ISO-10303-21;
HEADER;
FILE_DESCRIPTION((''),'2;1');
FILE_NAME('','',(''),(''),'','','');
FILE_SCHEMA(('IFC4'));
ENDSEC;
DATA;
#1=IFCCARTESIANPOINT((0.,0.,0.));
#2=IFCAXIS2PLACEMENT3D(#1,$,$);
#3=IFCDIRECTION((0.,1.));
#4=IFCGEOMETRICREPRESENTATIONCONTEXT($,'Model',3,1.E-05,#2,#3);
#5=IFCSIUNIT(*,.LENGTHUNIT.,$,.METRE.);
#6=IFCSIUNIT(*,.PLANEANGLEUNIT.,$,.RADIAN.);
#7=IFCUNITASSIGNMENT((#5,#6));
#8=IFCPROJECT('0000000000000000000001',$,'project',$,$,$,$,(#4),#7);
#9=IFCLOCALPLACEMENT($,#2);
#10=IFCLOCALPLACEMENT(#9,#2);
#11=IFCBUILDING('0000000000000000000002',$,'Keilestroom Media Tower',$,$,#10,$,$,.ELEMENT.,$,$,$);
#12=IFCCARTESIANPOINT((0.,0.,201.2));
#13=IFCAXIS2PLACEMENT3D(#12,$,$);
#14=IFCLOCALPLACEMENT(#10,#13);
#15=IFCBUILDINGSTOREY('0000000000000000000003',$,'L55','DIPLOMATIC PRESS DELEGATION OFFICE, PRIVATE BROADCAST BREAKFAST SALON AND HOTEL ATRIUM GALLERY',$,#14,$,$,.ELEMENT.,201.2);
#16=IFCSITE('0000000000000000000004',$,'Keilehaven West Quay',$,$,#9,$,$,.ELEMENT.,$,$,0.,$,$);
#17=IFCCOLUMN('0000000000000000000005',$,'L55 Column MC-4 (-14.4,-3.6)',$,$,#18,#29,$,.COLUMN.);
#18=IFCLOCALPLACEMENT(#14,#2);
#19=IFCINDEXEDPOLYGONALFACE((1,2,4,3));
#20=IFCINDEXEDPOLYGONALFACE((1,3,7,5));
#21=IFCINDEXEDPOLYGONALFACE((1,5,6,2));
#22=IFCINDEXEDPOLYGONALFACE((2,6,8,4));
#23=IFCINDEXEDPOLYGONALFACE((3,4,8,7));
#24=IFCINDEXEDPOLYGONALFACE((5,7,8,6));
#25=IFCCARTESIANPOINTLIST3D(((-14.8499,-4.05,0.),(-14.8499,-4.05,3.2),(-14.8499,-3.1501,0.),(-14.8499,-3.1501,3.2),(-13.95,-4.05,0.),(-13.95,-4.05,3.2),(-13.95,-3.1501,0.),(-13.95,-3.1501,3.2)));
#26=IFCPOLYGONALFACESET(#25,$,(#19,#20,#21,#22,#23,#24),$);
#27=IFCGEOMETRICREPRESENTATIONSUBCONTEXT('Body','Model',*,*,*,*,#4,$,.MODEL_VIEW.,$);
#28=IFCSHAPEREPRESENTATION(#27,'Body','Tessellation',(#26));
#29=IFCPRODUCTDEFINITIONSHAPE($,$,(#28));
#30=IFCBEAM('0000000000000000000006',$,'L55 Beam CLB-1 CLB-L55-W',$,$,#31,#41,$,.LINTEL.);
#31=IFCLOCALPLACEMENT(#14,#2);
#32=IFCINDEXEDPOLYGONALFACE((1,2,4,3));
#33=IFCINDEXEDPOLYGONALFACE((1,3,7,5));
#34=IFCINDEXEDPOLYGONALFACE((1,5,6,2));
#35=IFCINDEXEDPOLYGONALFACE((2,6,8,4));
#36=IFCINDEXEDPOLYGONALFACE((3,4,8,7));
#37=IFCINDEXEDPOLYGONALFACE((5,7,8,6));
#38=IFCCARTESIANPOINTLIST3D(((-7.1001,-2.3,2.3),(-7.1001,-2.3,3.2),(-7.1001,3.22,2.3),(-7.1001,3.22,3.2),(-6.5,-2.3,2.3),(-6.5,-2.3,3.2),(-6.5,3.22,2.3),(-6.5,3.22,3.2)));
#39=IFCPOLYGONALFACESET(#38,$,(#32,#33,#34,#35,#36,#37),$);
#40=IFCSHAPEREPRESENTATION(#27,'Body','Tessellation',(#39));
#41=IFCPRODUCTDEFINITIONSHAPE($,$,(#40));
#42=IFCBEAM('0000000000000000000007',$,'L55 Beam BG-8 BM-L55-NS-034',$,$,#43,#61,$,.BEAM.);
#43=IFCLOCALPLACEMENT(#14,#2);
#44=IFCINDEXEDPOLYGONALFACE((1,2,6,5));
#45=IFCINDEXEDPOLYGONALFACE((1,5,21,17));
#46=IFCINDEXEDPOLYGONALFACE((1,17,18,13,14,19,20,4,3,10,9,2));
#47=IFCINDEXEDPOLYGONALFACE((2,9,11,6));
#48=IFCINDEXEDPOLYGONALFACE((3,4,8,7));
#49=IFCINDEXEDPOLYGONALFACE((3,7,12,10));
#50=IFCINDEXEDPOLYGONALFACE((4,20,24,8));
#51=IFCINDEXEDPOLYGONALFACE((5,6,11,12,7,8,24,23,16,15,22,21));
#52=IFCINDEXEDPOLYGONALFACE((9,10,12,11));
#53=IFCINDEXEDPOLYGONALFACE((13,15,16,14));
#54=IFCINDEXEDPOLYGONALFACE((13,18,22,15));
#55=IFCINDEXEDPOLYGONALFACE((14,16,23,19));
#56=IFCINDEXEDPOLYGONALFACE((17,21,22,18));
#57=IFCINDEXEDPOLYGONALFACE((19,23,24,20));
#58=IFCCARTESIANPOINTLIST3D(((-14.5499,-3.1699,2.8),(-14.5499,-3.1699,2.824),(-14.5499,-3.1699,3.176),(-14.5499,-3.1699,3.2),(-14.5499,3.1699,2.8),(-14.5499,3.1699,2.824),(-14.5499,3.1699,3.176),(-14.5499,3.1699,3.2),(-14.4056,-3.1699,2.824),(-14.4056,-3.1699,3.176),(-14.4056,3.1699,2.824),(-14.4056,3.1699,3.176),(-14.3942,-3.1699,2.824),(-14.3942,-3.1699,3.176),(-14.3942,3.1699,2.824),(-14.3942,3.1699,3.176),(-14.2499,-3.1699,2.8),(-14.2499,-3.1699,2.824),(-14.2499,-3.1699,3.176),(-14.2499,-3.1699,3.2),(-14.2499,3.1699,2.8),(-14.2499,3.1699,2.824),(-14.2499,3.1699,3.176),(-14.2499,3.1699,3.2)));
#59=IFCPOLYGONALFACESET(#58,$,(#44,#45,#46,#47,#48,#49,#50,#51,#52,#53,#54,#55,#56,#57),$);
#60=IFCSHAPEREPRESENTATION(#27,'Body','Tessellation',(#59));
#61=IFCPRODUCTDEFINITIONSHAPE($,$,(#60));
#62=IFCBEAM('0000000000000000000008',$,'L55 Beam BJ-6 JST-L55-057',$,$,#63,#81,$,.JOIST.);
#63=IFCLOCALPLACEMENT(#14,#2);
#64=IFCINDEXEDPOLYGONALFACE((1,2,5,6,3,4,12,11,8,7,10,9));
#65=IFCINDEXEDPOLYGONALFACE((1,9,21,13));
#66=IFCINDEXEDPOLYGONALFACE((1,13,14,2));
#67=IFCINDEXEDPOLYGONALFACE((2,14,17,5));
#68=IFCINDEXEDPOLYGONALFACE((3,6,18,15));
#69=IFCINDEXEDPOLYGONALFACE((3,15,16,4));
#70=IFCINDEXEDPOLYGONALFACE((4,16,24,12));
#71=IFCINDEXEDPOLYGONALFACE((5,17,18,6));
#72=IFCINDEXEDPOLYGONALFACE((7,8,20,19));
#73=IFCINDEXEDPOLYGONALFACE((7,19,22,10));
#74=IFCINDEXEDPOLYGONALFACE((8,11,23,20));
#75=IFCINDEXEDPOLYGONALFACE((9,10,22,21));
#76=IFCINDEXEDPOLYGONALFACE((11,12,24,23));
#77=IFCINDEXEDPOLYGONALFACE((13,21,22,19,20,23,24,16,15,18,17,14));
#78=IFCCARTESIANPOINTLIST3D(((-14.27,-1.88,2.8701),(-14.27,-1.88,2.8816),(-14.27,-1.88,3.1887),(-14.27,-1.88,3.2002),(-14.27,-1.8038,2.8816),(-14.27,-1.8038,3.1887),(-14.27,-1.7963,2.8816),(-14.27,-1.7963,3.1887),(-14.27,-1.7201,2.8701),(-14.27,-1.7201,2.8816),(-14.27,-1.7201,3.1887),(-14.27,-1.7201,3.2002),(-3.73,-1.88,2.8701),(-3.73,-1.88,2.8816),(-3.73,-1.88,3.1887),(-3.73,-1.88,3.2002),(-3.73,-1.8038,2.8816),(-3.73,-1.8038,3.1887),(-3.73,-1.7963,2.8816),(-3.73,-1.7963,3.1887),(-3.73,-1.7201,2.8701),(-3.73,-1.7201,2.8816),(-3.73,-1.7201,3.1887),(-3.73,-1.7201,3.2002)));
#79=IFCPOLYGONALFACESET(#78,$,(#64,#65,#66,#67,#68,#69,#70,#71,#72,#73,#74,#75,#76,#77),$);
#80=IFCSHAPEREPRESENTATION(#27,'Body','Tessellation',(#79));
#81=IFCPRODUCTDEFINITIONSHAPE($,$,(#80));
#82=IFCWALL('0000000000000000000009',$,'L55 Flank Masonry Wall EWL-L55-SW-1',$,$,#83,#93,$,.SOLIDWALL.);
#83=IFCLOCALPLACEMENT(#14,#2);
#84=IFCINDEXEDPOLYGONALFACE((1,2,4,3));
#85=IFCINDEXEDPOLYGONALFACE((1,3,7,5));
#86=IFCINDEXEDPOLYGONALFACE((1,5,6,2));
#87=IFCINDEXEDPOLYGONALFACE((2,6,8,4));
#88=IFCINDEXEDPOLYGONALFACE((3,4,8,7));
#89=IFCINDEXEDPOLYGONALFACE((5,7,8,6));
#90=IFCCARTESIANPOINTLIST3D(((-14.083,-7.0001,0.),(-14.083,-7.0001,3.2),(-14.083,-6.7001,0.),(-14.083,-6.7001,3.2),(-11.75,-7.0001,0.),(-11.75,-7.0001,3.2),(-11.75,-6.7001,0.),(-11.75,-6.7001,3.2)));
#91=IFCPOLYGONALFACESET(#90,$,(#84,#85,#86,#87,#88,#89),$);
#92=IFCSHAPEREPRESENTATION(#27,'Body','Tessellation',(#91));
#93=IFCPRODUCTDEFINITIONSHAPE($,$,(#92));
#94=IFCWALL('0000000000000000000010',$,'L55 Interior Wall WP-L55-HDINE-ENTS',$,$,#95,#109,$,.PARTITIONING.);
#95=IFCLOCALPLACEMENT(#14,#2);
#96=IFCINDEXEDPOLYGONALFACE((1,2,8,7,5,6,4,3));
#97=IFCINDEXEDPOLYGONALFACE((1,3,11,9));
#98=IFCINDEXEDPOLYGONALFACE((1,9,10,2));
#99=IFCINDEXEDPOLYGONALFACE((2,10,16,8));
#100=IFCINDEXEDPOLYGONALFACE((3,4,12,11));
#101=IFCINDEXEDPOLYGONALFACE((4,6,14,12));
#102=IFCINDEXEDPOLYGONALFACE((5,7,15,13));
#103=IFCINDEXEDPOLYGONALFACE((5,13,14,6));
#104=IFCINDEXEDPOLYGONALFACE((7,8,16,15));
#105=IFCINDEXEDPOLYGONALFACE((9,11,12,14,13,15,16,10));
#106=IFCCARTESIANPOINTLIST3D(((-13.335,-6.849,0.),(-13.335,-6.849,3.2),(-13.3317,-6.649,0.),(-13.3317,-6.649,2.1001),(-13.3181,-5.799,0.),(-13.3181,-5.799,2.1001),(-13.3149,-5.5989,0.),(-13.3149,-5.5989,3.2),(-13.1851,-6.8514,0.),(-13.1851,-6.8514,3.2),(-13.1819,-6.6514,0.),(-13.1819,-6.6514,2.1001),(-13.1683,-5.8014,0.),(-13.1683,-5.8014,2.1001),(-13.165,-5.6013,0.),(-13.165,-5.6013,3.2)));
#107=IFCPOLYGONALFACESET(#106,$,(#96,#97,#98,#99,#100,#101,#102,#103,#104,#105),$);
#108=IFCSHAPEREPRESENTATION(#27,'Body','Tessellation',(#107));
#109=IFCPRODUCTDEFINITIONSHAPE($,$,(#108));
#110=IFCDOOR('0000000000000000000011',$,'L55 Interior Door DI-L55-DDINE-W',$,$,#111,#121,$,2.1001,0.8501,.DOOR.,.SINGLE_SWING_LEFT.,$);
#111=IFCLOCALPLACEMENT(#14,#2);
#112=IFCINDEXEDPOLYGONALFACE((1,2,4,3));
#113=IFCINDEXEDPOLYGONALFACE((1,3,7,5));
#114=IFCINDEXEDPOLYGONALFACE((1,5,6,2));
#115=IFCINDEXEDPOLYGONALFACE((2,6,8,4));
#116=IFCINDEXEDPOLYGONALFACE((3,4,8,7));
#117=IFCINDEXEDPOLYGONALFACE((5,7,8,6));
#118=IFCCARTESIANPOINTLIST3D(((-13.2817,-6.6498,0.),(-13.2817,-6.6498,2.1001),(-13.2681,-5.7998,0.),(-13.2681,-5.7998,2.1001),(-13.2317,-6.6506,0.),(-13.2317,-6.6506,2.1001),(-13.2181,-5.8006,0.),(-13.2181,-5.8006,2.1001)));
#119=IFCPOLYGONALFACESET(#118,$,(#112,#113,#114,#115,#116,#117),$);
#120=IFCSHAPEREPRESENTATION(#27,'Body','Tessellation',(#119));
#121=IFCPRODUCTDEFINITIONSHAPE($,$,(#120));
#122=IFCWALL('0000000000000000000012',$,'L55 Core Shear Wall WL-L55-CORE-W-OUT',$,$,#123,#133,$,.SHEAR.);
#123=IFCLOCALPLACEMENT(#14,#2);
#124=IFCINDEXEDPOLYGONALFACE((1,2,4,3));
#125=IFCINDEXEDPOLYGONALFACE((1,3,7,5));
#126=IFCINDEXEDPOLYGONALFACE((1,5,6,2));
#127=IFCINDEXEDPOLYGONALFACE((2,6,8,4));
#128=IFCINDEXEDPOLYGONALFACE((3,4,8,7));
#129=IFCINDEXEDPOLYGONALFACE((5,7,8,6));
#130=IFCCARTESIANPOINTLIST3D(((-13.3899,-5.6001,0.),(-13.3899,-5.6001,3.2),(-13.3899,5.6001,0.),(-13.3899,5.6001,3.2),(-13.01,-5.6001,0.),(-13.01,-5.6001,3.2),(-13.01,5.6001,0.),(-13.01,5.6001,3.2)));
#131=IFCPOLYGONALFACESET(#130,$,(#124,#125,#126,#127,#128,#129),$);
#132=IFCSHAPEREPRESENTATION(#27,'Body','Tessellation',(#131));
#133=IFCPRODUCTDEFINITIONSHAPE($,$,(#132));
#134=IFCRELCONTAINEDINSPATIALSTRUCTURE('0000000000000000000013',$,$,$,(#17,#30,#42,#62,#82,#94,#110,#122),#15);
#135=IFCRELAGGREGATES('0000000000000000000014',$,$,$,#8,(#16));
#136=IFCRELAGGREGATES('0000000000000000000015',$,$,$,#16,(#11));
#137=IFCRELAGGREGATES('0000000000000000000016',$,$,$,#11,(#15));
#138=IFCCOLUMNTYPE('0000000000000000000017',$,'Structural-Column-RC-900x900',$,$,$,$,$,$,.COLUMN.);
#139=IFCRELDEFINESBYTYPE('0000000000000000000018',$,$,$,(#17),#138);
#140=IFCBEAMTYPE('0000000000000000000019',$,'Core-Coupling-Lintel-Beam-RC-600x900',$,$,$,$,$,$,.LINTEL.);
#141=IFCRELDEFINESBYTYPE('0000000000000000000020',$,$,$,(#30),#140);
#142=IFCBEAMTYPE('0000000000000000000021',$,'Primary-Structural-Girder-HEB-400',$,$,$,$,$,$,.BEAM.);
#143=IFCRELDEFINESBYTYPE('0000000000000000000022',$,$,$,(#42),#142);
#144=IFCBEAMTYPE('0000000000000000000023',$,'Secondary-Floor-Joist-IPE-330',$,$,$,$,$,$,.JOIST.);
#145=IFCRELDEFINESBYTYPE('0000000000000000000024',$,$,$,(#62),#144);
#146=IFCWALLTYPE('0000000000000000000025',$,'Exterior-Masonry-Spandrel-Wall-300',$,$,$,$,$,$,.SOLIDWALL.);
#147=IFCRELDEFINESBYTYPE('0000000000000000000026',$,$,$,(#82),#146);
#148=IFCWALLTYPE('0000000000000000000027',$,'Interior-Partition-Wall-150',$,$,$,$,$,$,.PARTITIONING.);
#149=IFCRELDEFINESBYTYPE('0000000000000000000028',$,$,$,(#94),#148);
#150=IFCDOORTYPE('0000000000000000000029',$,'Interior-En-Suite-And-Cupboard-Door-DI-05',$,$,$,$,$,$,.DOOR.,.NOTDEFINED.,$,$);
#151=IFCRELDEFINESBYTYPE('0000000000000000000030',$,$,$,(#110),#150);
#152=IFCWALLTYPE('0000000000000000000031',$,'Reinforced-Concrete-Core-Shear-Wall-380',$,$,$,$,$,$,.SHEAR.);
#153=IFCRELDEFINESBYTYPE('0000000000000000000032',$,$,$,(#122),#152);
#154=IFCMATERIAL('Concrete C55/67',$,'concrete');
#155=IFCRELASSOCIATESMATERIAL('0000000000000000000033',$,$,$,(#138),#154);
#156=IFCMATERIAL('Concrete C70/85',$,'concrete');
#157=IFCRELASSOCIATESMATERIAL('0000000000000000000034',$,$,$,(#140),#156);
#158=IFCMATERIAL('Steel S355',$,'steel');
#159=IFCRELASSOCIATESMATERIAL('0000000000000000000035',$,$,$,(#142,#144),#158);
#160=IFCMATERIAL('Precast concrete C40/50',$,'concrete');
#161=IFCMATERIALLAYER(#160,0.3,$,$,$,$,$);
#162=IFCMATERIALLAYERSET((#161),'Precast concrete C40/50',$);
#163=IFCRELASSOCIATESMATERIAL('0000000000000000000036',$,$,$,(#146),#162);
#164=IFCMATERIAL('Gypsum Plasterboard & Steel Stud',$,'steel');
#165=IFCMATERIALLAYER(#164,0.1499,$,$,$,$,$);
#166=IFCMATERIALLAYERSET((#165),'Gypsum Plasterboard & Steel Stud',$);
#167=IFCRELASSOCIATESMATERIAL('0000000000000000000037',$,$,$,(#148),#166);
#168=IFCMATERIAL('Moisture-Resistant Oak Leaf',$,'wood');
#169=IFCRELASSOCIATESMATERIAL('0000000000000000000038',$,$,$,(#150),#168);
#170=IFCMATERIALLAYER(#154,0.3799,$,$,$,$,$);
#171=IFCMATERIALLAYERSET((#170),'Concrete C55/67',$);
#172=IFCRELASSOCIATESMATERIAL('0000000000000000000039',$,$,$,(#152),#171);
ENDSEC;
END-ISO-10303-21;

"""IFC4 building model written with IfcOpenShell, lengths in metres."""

from ifc_helpers import new_model, si_unit, direction, frame, frame_2d, origin, origin_2d, place, context, subcontext, project, spatial, rectangle, i_section, extrude, source, transform, mapped, material, layer, layer_set, material_profile, profile_set, type_object, element, fill, save


model = new_model("IFC4")

# Units and contexts
model_context = context("Model", 3, precision=1e-05, world=origin(), true_north=direction((0.0, 1.0)))
body_context = subcontext(model_context, "Body", "Model", "MODEL_VIEW")
ifc_project = project(units=[si_unit("LENGTHUNIT", "METRE"), si_unit("PLANEANGLEUNIT", "RADIAN")], contexts=[model_context])

# Site, building, storey
site_placement = place(None, origin())
site = spatial("IfcSite", under=ifc_project, at=site_placement, Name="Keilehaven West Quay", CompositionType="ELEMENT", RefElevation=0.0)
building_placement = place(site_placement, origin())
building = spatial("IfcBuilding", under=site, at=building_placement, Name="Keilestroom Media Tower", CompositionType="ELEMENT")
storey_placement = place(building_placement, frame((0.0, 0.0, 201.2)))
storey = spatial("IfcBuildingStorey", under=building, at=storey_placement, Name="L55", Description="DIPLOMATIC PRESS DELEGATION OFFICE, PRIVATE BROADCAST BREAKFAST SALON AND HOTEL ATRIUM GALLERY", CompositionType="ELEMENT", Elevation=201.2)

# Column
ifc_material_1 = material(Name="Concrete C55/67", Category="concrete")
ifc_material_profile_1 = material_profile(ifc_material_1, rectangle(XDim=0.8999, YDim=0.8999, at=origin_2d()), Name="RC 900x900")
ifc_profile_set_1 = profile_set([ifc_material_profile_1], Name="Concrete C55/67")
column_type = type_object("IfcColumnType", Name="Structural-Column-RC-900x900", PredefinedType="COLUMN", material=ifc_profile_set_1)
shared_shape_1 = source(origin(), body_context, "Body", "SweptSolid", [
    extrude(rectangle(XDim=0.8999, YDim=0.8999, at=origin_2d()), origin(), (0.0, 0.0, 1.0), 3.2),
])
column_placement = place(storey_placement, frame((-14.3999, -3.6001, 0.0), z_axis=(0.0, 0.0, 1.0), x_axis=(1.0, 0.0, 0.0)))
element("IfcColumn", 1, at=column_placement, inside=storey, type_object=column_type, Name="L55 Column MC-4 (-14.4,-3.6)", PredefinedType="COLUMN", context=body_context, shape_type="MappedRepresentation", body=[
    mapped(shared_shape_1, transform((0.0, 0.0, 0.0), x_axis=(1.0, 0.0, 0.0), y_axis=(0.0, 1.0, 0.0), z_axis=(0.0, 0.0, 1.0), scale=1.0)),
])

# Beams
ifc_material_2 = material(Name="Concrete C70/85", Category="concrete")
ifc_material_profile_2 = material_profile(ifc_material_2, rectangle(XDim=0.6001, YDim=0.8999, at=origin_2d()), Name="RC 600x900")
ifc_profile_set_2 = profile_set([ifc_material_profile_2], Name="Concrete C70/85")
beam_type_1 = type_object("IfcBeamType", Name="Core-Coupling-Lintel-Beam-RC-600x900", PredefinedType="LINTEL", material=ifc_profile_set_2)
shared_shape_2 = source(origin(), body_context, "Body", "SweptSolid", [
    extrude(rectangle(XDim=0.6001, YDim=0.8999, at=origin_2d()), origin(), (0.0, 0.0, 1.0), 5.52),
])
beam_1_placement = place(storey_placement, frame((-6.8, -2.3, 2.75), z_axis=(0.0, 1.0, 0.0), x_axis=(-1.0, 0.0, 0.0)))
element("IfcBeam", 2, at=beam_1_placement, inside=storey, type_object=beam_type_1, Name="L55 Beam CLB-1 CLB-L55-W", PredefinedType="LINTEL", context=body_context, shape_type="MappedRepresentation", body=[
    mapped(shared_shape_2, transform((0.0, 0.0, 0.0), x_axis=(1.0, 0.0, 0.0), y_axis=(0.0, 1.0, 0.0), z_axis=(0.0, 0.0, 1.0), scale=1.0)),
])
ifc_material_3 = material(Name="Steel S355", Category="steel")
ifc_material_profile_3 = material_profile(ifc_material_3, i_section(OverallWidth=0.3, OverallDepth=0.3999, WebThickness=0.0115, FlangeThickness=0.0239, at=origin_2d()), Name="HEB 400")
ifc_profile_set_3 = profile_set([ifc_material_profile_3], Name="Steel S355")
beam_type_2 = type_object("IfcBeamType", Name="Primary-Structural-Girder-HEB-400", PredefinedType="BEAM", material=ifc_profile_set_3)
shared_shape_3 = source(origin(), body_context, "Body", "SweptSolid", [
    extrude(i_section(OverallWidth=0.3, OverallDepth=0.3999, WebThickness=0.0115, FlangeThickness=0.0239, at=origin_2d()), origin(), (0.0, 0.0, 1.0), 6.3398),
])
beam_2_placement = place(storey_placement, frame((-14.3999, -3.1699, 3.0), z_axis=(0.0, 1.0, 0.0), x_axis=(-1.0, 0.0, 0.0)))
element("IfcBeam", 3, at=beam_2_placement, inside=storey, type_object=beam_type_2, Name="L55 Beam BG-8 BM-L55-NS-034", PredefinedType="BEAM", context=body_context, shape_type="MappedRepresentation", body=[
    mapped(shared_shape_3, transform((0.0, 0.0, 0.0), x_axis=(1.0, 0.0, 0.0), y_axis=(0.0, 1.0, 0.0), z_axis=(0.0, 0.0, 1.0), scale=1.0)),
])
ifc_material_profile_4 = material_profile(ifc_material_3, i_section(OverallWidth=0.1599, OverallDepth=0.3301, WebThickness=0.0076, FlangeThickness=0.0115, at=origin_2d()), Name="IPE 330")
ifc_profile_set_4 = profile_set([ifc_material_profile_4], Name="Steel S355")
beam_type_3 = type_object("IfcBeamType", Name="Secondary-Floor-Joist-IPE-330", PredefinedType="JOIST", material=ifc_profile_set_4)
shared_shape_4 = source(origin(), body_context, "Body", "SweptSolid", [
    extrude(i_section(OverallWidth=0.1599, OverallDepth=0.3301, WebThickness=0.0076, FlangeThickness=0.0115, at=origin_2d()), origin(), (0.0, 0.0, 1.0), 10.54),
])
beam_3_placement = place(storey_placement, frame((-14.27, -1.8, 3.0352), z_axis=(1.0, 0.0, 0.0), x_axis=(0.0, 1.0, 0.0)))
element("IfcBeam", 4, at=beam_3_placement, inside=storey, type_object=beam_type_3, Name="L55 Beam BJ-6 JST-L55-057", PredefinedType="JOIST", context=body_context, shape_type="MappedRepresentation", body=[
    mapped(shared_shape_4, transform((0.0, 0.0, 0.0), x_axis=(1.0, 0.0, 0.0), y_axis=(0.0, 1.0, 0.0), z_axis=(0.0, 0.0, 1.0), scale=1.0)),
])

# Wall
ifc_material_4 = material(Name="Precast concrete C40/50", Category="concrete")
ifc_layer_1 = layer(ifc_material_4, 0.3)
ifc_layer_set_1 = layer_set([ifc_layer_1], Name="Precast concrete C40/50")
wall_type_1 = type_object("IfcWallType", Name="Exterior-Masonry-Spandrel-Wall-300", PredefinedType="SOLIDWALL", material=ifc_layer_set_1)
wall_1_placement = place(storey_placement, frame((-14.083, -6.8501, 0.0), z_axis=(0.0, 0.0, 1.0), x_axis=(1.0, 0.0, 0.0)))
element("IfcWall", 5, at=wall_1_placement, inside=storey, type_object=wall_type_1, Name="L55 Flank Masonry Wall EWL-L55-SW-1", PredefinedType="SOLIDWALL", context=body_context, shape_type="SweptSolid", body=[
    extrude(rectangle(XDim=2.333, YDim=0.3, at=frame_2d((1.1665, 0.0))), origin(), (0.0, 0.0, 1.0), 3.2),
])

# Wall, opening, door
ifc_material_5 = material(Name="Gypsum Plasterboard & Steel Stud", Category="steel")
ifc_layer_2 = layer(ifc_material_5, 0.1499)
ifc_layer_set_2 = layer_set([ifc_layer_2], Name="Gypsum Plasterboard & Steel Stud")
wall_type_2 = type_object("IfcWallType", Name="Interior-Partition-Wall-150", PredefinedType="PARTITIONING", material=ifc_layer_set_2)
wall_2_placement = place(storey_placement, frame((-13.26, -6.8501, 0.0), z_axis=(0.0, 0.0, 1.0), x_axis=(0.016014, 0.999872, 0.0)))
wall_2 = element("IfcWall", 6, at=wall_2_placement, inside=storey, type_object=wall_type_2, Name="L55 Interior Wall WP-L55-HDINE-ENTS", PredefinedType="PARTITIONING", context=body_context, shape_type="SweptSolid", body=[
    extrude(rectangle(XDim=1.2502, YDim=0.1499, at=frame_2d((0.625, 0.0))), origin(), (0.0, 0.0, 1.0), 3.2),
])
opening_1_placement = place(wall_2_placement, frame((0.2, 0.0, 0.0)))
opening_1 = element("IfcOpeningElement", 7, at=opening_1_placement, cuts=wall_2, PredefinedType="OPENING", context=body_context, shape_type="SweptSolid", body=[
    extrude(rectangle(XDim=0.8501, YDim=2.1001, at=frame_2d((0.425, 1.05))), frame((0.0, 0.085, 0.0), z_axis=(0.0, -1.0, 0.0), x_axis=(1.0, 0.0, 0.0)), (0.0, 0.0, 1.0), 0.1699),
])
ifc_material_6 = material(Name="Moisture-Resistant Oak Leaf", Category="wood")
door_type_1 = type_object("IfcDoorType", Name="Interior-En-Suite-And-Cupboard-Door-DI-05", OperationType="NOTDEFINED", PredefinedType="DOOR", material=ifc_material_6)
shared_shape_5 = source(origin(), body_context, "Body", "SweptSolid", [
    extrude(rectangle(XDim=0.8501, YDim=2.1001, at=frame_2d((0.425, 1.05))), frame((0.0, 0.0249, 0.0), z_axis=(0.0, -1.0, 0.0), x_axis=(1.0, 0.0, 0.0)), (0.0, 0.0, 1.0), 0.05),
])
door_1_placement = place(opening_1_placement, origin())
door_1 = element("IfcDoor", 8, at=door_1_placement, inside=storey, type_object=door_type_1, Name="L55 Interior Door DI-L55-DDINE-W", OperationType="SINGLE_SWING_LEFT", OverallHeight=2.1001, OverallWidth=0.8501, PredefinedType="DOOR", context=body_context, shape_type="MappedRepresentation", body=[
    mapped(shared_shape_5, transform((0.0, 0.0, 0.0), x_axis=(1.0, 0.0, 0.0), y_axis=(0.0, 1.0, 0.0), z_axis=(0.0, 0.0, 1.0), scale=1.0)),
])
fill(opening_1, door_1)

# Wall
ifc_layer_3 = layer(ifc_material_1, 0.3799)
ifc_layer_set_3 = layer_set([ifc_layer_3], Name="Concrete C55/67")
wall_type_3 = type_object("IfcWallType", Name="Reinforced-Concrete-Core-Shear-Wall-380", PredefinedType="SHEAR", material=ifc_layer_set_3)
wall_3_placement = place(storey_placement, frame((-13.2, -5.6001, 0.0), z_axis=(0.0, 0.0, 1.0), x_axis=(0.0, 1.0, 0.0)))
element("IfcWall", 9, at=wall_3_placement, inside=storey, type_object=wall_type_3, Name="L55 Core Shear Wall WL-L55-CORE-W-OUT", PredefinedType="SHEAR", context=body_context, shape_type="SweptSolid", body=[
    extrude(rectangle(XDim=11.2002, YDim=0.3799, at=frame_2d((5.6001, 0.0))), origin(), (0.0, 0.0, 1.0), 3.2),
])

save(model, "model.ifc")
